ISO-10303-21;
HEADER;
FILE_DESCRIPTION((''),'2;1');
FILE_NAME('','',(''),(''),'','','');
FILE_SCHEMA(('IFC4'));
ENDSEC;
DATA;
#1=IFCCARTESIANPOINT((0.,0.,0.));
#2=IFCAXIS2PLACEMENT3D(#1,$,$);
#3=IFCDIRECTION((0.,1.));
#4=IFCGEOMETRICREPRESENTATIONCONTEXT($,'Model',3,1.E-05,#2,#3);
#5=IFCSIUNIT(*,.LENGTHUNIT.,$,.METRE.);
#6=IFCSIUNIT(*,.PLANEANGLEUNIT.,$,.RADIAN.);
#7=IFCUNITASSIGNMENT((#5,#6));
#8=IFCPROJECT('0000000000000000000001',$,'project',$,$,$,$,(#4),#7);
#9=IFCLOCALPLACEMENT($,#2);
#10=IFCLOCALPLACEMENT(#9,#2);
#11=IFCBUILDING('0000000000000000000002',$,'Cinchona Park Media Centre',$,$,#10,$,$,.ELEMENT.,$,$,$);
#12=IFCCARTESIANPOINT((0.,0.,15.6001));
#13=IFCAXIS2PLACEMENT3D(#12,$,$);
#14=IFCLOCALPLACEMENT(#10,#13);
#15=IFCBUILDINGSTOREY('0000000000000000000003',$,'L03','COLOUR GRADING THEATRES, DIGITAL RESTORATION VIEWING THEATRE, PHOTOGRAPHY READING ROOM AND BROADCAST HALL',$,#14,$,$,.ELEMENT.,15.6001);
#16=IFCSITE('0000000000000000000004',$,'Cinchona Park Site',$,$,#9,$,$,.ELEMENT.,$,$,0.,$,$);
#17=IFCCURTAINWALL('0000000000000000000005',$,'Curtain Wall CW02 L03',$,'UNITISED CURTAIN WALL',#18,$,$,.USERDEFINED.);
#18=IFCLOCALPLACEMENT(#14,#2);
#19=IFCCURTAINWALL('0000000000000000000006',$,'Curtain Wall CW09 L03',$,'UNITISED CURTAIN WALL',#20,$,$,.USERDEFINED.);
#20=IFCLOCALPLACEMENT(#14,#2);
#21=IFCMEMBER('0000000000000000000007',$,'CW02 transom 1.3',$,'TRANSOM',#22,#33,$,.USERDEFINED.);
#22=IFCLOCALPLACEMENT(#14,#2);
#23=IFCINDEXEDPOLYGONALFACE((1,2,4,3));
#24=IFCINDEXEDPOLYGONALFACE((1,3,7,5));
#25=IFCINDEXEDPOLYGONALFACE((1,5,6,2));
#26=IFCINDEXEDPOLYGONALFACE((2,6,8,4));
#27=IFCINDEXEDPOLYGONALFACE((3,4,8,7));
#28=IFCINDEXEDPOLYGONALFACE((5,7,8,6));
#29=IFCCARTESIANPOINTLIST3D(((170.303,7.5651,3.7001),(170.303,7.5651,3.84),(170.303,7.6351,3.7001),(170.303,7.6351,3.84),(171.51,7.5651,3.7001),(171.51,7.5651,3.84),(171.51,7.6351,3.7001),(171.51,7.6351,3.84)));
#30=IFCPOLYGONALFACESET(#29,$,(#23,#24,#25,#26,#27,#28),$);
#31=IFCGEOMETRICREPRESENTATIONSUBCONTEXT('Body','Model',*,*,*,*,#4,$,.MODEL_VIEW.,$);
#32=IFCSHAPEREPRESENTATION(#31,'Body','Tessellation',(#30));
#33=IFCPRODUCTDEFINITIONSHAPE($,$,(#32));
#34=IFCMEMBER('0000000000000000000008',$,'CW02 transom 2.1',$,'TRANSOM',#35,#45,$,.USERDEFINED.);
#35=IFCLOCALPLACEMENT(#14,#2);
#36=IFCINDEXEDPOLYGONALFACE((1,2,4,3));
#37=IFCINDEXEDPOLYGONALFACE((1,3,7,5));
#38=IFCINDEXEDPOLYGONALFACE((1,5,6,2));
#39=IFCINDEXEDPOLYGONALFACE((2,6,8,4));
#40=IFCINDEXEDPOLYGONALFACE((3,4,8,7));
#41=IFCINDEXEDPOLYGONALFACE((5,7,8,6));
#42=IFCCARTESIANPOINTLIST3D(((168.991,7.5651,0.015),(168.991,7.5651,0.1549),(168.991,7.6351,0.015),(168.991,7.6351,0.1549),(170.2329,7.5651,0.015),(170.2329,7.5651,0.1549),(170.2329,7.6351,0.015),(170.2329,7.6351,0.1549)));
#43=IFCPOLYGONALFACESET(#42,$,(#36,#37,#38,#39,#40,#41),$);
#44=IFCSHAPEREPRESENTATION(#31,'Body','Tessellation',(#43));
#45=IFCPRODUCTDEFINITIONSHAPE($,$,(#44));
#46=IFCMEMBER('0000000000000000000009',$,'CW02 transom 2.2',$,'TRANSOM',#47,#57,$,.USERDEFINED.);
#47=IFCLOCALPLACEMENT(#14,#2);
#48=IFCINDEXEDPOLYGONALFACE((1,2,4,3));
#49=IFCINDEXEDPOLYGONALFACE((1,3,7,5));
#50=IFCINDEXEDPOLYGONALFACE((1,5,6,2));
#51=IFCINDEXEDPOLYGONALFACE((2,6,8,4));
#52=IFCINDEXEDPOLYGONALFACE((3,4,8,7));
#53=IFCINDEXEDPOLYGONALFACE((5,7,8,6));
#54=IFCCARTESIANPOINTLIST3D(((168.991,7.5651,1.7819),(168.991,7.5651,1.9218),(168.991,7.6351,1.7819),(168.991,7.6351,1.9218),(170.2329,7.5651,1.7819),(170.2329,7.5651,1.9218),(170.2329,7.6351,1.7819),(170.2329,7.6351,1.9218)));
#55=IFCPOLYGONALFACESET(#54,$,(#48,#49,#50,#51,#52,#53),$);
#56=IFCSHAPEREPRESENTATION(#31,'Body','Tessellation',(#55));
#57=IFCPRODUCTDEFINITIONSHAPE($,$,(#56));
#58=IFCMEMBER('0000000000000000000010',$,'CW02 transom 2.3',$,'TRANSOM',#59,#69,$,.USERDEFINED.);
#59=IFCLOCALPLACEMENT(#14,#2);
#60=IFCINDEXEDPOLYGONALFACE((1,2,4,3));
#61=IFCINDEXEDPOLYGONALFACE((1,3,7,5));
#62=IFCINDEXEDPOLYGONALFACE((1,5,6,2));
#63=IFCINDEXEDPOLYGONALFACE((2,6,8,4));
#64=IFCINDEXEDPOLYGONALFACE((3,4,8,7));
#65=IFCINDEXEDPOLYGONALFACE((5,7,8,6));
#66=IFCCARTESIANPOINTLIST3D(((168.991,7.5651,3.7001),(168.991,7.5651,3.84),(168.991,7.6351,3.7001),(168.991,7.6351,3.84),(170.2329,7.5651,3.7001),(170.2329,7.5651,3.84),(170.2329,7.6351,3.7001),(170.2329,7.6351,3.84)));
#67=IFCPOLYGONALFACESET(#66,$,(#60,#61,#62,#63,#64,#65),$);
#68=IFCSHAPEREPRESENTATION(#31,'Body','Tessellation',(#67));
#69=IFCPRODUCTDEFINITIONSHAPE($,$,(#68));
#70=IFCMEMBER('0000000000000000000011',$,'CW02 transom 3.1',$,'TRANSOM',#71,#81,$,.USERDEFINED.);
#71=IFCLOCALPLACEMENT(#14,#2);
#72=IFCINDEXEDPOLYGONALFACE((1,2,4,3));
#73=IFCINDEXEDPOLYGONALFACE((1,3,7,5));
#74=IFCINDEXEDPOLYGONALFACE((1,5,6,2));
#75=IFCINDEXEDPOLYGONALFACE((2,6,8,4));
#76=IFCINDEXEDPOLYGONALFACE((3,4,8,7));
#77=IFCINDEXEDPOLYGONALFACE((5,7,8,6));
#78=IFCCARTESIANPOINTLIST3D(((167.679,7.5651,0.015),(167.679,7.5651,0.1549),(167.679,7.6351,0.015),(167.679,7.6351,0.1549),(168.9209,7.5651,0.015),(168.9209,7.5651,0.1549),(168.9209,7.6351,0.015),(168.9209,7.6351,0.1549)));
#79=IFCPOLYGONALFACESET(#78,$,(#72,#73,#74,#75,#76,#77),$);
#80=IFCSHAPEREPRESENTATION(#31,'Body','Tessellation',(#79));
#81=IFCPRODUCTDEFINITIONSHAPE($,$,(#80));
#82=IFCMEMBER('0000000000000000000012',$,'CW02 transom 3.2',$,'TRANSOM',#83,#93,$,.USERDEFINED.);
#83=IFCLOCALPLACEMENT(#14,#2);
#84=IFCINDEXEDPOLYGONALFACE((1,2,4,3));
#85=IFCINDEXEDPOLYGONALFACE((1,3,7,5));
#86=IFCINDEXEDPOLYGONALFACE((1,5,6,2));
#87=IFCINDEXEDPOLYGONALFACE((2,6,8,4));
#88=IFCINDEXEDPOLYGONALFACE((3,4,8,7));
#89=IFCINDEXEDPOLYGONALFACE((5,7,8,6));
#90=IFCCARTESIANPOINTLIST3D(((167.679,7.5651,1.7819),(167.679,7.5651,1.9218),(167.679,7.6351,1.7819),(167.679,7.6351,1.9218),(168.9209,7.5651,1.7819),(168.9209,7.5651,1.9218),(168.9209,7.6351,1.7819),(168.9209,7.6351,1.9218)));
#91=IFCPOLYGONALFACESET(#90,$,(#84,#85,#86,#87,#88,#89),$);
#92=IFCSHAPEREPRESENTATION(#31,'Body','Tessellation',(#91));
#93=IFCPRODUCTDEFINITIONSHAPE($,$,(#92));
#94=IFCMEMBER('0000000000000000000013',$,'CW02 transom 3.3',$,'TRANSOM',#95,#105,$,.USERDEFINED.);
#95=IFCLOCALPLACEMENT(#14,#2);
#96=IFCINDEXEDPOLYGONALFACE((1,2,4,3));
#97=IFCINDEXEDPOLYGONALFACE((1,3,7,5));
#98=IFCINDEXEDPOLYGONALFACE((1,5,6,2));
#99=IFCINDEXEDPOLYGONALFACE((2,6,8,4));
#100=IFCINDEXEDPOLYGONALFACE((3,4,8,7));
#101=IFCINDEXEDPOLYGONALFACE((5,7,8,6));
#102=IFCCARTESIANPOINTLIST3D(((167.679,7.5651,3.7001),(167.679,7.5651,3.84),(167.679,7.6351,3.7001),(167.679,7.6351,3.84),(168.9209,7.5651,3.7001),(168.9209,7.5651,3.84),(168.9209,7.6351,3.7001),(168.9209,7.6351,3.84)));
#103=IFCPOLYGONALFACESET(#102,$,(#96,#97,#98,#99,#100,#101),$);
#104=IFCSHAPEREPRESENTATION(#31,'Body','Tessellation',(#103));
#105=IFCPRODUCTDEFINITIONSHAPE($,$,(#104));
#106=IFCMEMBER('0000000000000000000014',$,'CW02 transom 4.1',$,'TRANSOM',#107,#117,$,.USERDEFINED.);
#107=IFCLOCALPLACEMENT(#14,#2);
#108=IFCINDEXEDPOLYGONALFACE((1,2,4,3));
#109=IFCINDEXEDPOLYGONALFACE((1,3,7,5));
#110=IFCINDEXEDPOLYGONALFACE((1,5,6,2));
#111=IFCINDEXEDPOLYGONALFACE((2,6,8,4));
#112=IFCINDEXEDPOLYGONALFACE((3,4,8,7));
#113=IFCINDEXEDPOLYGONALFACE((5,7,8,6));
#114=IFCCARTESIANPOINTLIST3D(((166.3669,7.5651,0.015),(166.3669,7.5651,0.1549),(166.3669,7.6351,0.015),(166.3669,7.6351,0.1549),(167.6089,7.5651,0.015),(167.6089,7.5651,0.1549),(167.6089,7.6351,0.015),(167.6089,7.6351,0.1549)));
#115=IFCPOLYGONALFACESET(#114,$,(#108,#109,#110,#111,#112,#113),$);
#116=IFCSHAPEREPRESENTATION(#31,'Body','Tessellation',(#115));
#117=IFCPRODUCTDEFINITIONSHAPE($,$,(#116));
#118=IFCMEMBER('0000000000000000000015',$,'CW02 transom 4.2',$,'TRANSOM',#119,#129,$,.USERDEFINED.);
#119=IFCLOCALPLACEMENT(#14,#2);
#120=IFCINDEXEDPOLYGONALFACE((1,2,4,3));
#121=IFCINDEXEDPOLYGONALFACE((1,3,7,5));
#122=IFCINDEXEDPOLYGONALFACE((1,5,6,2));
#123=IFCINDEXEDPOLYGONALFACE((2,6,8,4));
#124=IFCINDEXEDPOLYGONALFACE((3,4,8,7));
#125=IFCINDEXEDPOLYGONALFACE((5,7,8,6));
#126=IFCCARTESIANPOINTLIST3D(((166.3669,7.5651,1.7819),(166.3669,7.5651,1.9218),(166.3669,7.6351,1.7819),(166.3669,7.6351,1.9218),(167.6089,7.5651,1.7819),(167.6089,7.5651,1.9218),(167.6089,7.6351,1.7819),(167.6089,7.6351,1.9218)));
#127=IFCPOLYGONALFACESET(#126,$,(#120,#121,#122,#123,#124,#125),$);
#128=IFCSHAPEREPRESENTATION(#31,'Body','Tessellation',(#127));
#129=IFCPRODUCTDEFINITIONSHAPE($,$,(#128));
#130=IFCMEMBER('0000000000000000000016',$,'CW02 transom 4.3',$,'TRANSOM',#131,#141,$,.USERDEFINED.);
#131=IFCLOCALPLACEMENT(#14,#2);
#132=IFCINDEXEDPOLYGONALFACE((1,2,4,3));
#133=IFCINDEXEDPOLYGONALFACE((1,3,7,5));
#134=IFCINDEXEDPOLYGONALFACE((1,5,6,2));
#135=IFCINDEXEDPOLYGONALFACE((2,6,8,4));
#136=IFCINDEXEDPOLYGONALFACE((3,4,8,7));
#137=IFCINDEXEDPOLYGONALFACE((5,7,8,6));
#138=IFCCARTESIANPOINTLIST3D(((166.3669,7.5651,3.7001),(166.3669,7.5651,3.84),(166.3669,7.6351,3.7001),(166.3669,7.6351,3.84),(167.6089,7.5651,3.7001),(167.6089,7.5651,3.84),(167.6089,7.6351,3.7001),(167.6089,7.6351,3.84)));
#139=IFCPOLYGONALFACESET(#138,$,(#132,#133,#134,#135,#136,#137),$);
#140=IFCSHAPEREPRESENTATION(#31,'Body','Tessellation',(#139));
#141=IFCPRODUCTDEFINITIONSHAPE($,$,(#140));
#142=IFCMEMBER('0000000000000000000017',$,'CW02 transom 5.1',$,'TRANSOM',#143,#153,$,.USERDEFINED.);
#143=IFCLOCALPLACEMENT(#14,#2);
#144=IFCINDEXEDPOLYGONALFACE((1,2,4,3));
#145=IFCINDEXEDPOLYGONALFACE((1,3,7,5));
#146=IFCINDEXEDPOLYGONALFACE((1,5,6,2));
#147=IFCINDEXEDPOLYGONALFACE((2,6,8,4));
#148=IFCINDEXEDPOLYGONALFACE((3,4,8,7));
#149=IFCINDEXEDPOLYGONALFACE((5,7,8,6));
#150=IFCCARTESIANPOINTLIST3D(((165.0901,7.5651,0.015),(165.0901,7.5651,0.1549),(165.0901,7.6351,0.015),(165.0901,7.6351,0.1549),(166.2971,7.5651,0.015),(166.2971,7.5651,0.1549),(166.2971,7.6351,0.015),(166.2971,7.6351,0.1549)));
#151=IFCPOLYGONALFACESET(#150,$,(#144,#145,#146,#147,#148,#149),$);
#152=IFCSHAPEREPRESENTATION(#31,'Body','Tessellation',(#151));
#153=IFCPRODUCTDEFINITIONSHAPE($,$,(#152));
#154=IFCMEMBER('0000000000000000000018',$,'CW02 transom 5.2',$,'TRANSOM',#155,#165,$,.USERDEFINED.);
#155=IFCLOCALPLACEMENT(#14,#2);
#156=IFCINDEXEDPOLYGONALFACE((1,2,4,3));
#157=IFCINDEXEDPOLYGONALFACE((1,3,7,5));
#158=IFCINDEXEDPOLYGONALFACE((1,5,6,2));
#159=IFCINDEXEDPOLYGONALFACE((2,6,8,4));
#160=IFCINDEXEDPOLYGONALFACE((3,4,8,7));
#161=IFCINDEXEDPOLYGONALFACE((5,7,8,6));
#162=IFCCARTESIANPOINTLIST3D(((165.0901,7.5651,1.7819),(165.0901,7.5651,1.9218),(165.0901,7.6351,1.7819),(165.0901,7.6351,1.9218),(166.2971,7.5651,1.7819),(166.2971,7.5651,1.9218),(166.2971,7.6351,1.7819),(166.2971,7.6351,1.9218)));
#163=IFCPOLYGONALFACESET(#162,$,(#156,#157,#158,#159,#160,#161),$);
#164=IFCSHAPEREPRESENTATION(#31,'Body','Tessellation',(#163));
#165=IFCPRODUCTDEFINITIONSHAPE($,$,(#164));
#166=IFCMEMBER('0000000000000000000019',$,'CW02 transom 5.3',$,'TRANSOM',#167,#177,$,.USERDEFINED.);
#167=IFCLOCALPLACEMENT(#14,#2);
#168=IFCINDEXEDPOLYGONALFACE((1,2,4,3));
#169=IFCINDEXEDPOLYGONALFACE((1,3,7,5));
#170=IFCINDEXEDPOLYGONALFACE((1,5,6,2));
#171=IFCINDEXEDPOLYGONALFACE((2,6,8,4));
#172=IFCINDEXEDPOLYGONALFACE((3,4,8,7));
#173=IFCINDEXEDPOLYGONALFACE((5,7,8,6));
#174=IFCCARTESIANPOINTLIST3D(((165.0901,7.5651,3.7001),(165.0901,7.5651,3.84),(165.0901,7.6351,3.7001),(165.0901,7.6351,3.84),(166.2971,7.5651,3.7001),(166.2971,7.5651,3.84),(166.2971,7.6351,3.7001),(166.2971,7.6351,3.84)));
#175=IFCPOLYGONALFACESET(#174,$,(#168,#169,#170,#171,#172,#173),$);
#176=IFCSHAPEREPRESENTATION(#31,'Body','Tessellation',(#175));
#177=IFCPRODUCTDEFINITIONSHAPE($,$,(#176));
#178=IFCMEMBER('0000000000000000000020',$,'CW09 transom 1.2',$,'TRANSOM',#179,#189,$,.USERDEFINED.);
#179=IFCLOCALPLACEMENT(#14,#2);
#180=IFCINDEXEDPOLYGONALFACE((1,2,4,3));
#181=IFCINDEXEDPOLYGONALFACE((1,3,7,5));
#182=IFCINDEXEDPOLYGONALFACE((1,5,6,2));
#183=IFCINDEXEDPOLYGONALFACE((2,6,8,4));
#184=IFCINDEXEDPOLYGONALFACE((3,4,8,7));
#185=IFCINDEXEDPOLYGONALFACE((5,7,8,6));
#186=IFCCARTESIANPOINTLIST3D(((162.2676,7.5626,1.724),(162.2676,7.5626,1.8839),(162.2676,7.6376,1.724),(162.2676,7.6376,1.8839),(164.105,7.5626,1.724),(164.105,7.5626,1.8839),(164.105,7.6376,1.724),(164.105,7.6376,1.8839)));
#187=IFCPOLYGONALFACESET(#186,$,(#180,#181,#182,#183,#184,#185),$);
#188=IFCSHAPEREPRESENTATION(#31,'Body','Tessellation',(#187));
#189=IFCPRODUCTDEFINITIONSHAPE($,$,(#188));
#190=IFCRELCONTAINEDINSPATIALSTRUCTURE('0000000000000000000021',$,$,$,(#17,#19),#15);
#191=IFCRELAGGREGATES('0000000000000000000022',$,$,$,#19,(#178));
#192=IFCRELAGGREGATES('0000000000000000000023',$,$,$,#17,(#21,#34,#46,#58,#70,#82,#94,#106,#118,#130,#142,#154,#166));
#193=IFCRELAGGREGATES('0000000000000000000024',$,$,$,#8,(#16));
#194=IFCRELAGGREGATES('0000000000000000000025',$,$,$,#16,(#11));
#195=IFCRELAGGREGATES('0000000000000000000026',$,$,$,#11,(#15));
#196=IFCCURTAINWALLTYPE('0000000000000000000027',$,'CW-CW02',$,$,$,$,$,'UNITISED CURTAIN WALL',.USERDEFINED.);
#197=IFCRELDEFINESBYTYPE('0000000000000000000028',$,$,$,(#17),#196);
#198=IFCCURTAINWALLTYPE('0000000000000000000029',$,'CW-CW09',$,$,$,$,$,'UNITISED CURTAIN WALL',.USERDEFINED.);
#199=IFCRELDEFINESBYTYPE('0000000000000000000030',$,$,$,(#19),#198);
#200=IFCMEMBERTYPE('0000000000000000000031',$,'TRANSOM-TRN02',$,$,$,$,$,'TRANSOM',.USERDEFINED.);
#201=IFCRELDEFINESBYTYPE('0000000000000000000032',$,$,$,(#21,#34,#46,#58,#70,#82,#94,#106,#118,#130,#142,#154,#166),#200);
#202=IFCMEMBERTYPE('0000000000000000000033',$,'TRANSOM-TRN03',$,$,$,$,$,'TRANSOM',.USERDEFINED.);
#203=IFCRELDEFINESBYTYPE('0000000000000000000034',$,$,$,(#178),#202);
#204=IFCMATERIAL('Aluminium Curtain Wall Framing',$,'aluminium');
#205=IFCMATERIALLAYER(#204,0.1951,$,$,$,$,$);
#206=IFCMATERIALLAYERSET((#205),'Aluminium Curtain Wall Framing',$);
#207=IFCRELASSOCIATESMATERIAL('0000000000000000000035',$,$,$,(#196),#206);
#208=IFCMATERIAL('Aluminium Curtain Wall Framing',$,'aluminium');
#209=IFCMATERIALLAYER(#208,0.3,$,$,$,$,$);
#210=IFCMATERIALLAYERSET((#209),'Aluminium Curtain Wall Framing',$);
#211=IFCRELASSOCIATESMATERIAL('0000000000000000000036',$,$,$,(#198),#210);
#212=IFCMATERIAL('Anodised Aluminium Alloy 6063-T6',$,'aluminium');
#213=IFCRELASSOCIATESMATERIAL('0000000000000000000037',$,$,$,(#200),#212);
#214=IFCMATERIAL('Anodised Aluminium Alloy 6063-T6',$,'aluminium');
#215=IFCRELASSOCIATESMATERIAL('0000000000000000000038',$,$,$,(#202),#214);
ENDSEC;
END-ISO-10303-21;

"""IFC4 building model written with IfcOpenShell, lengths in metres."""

from ifc_helpers import new_model, si_unit, direction, frame, origin, origin_2d, place, context, subcontext, project, spatial, rectangle, extrude, material, layer, layer_set, material_profile, profile_set, type_object, element, aggregate, save


model = new_model("IFC4")

# Units and contexts
model_context = context("Model", 3, precision=1e-05, world=origin(), true_north=direction((0.0, 1.0)))
body_context = subcontext(model_context, "Body", "Model", "MODEL_VIEW")
ifc_project = project(units=[si_unit("LENGTHUNIT", "METRE"), si_unit("PLANEANGLEUNIT", "RADIAN")], contexts=[model_context])

# Site, building, storey
site_placement = place(None, origin())
site = spatial("IfcSite", under=ifc_project, at=site_placement, Name="Cinchona Park Site", CompositionType="ELEMENT", RefElevation=0.0)
building_placement = place(site_placement, origin())
building = spatial("IfcBuilding", under=site, at=building_placement, Name="Cinchona Park Media Centre", CompositionType="ELEMENT")
storey_placement = place(building_placement, frame((0.0, 0.0, 15.6001)))
storey = spatial("IfcBuildingStorey", under=building, at=storey_placement, Name="L03", Description="COLOUR GRADING THEATRES, DIGITAL RESTORATION VIEWING THEATRE, PHOTOGRAPHY READING ROOM AND BROADCAST HALL", CompositionType="ELEMENT", Elevation=15.6001)

# Curtain wall
ifc_material_1 = material(Name="Aluminium Curtain Wall Framing", Category="aluminium")
ifc_layer_1 = layer(ifc_material_1, 0.1951)
ifc_layer_set_1 = layer_set([ifc_layer_1], Name="Aluminium Curtain Wall Framing")
curtain_wall_type_1 = type_object("IfcCurtainWallType", Name="CW-CW02", ElementType="UNITISED CURTAIN WALL", PredefinedType="USERDEFINED", material=ifc_layer_set_1)
curtain_wall_1_placement = place(storey_placement, origin())
curtain_wall_1 = element("IfcCurtainWall", 1, at=curtain_wall_1_placement, inside=storey, type_object=curtain_wall_type_1, Name="Curtain Wall CW02 L03", ObjectType="UNITISED CURTAIN WALL", PredefinedType="USERDEFINED")

# Curtain wall
ifc_material_2 = material(Name="Aluminium Curtain Wall Framing", Category="aluminium")
ifc_layer_2 = layer(ifc_material_2, 0.3)
ifc_layer_set_2 = layer_set([ifc_layer_2], Name="Aluminium Curtain Wall Framing")
curtain_wall_type_2 = type_object("IfcCurtainWallType", Name="CW-CW09", ElementType="UNITISED CURTAIN WALL", PredefinedType="USERDEFINED", material=ifc_layer_set_2)
curtain_wall_2_placement = place(storey_placement, origin())
curtain_wall_2 = element("IfcCurtainWall", 2, at=curtain_wall_2_placement, inside=storey, type_object=curtain_wall_type_2, Name="Curtain Wall CW09 L03", ObjectType="UNITISED CURTAIN WALL", PredefinedType="USERDEFINED")

# Members
ifc_material_3 = material(Name="Anodised Aluminium Alloy 6063-T6", Category="aluminium")
ifc_material_profile_1 = material_profile(ifc_material_3, rectangle(XDim=0.0701, YDim=0.1399, at=origin_2d()), Name="TRN-70X140")
ifc_profile_set_1 = profile_set([ifc_material_profile_1], Name="Anodised Aluminium Alloy 6063-T6")
member_type_1 = type_object("IfcMemberType", Name="TRANSOM-TRN02", ElementType="TRANSOM", PredefinedType="USERDEFINED", material=ifc_profile_set_1)
member_1_placement = place(storey_placement, frame((171.51, 7.6001, 3.77), z_axis=(-1.0, 0.0, 0.0), x_axis=(0.0, -1.0, 0.0)))
member_1 = element("IfcMember", 3, at=member_1_placement, type_object=member_type_1, Name="CW02 transom 1.3", ObjectType="TRANSOM", PredefinedType="USERDEFINED", context=body_context, shape_type="SweptSolid", body=[
    extrude(rectangle(XDim=0.0701, YDim=0.1399, at=origin_2d()), origin(), (0.0, 0.0, 1.0), 1.207),
])
member_2_placement = place(storey_placement, frame((170.2329, 7.6001, 0.085), z_axis=(-1.0, 0.0, 0.0), x_axis=(0.0, -1.0, 0.0)))
member_2 = element("IfcMember", 4, at=member_2_placement, type_object=member_type_1, Name="CW02 transom 2.1", ObjectType="TRANSOM", PredefinedType="USERDEFINED", context=body_context, shape_type="SweptSolid", body=[
    extrude(rectangle(XDim=0.0701, YDim=0.1399, at=origin_2d()), origin(), (0.0, 0.0, 1.0), 1.2419),
])
member_3_placement = place(storey_placement, frame((170.2329, 7.6001, 1.8518), z_axis=(-1.0, 0.0, 0.0), x_axis=(0.0, -1.0, 0.0)))
member_3 = element("IfcMember", 5, at=member_3_placement, type_object=member_type_1, Name="CW02 transom 2.2", ObjectType="TRANSOM", PredefinedType="USERDEFINED", context=body_context, shape_type="SweptSolid", body=[
    extrude(rectangle(XDim=0.0701, YDim=0.1399, at=origin_2d()), origin(), (0.0, 0.0, 1.0), 1.2419),
])
member_4_placement = place(storey_placement, frame((170.2329, 7.6001, 3.77), z_axis=(-1.0, 0.0, 0.0), x_axis=(0.0, -1.0, 0.0)))
member_4 = element("IfcMember", 6, at=member_4_placement, type_object=member_type_1, Name="CW02 transom 2.3", ObjectType="TRANSOM", PredefinedType="USERDEFINED", context=body_context, shape_type="SweptSolid", body=[
    extrude(rectangle(XDim=0.0701, YDim=0.1399, at=origin_2d()), origin(), (0.0, 0.0, 1.0), 1.2419),
])
member_5_placement = place(storey_placement, frame((168.9209, 7.6001, 0.085), z_axis=(-1.0, 0.0, 0.0), x_axis=(0.0, -1.0, 0.0)))
member_5 = element("IfcMember", 7, at=member_5_placement, type_object=member_type_1, Name="CW02 transom 3.1", ObjectType="TRANSOM", PredefinedType="USERDEFINED", context=body_context, shape_type="SweptSolid", body=[
    extrude(rectangle(XDim=0.0701, YDim=0.1399, at=origin_2d()), origin(), (0.0, 0.0, 1.0), 1.2419),
])
member_6_placement = place(storey_placement, frame((168.9209, 7.6001, 1.8518), z_axis=(-1.0, 0.0, 0.0), x_axis=(0.0, -1.0, 0.0)))
member_6 = element("IfcMember", 8, at=member_6_placement, type_object=member_type_1, Name="CW02 transom 3.2", ObjectType="TRANSOM", PredefinedType="USERDEFINED", context=body_context, shape_type="SweptSolid", body=[
    extrude(rectangle(XDim=0.0701, YDim=0.1399, at=origin_2d()), origin(), (0.0, 0.0, 1.0), 1.2419),
])
member_7_placement = place(storey_placement, frame((168.9209, 7.6001, 3.77), z_axis=(-1.0, 0.0, 0.0), x_axis=(0.0, -1.0, 0.0)))
member_7 = element("IfcMember", 9, at=member_7_placement, type_object=member_type_1, Name="CW02 transom 3.3", ObjectType="TRANSOM", PredefinedType="USERDEFINED", context=body_context, shape_type="SweptSolid", body=[
    extrude(rectangle(XDim=0.0701, YDim=0.1399, at=origin_2d()), origin(), (0.0, 0.0, 1.0), 1.2419),
])
member_8_placement = place(storey_placement, frame((167.6089, 7.6001, 0.085), z_axis=(-1.0, 0.0, 0.0), x_axis=(0.0, -1.0, 0.0)))
member_8 = element("IfcMember", 10, at=member_8_placement, type_object=member_type_1, Name="CW02 transom 4.1", ObjectType="TRANSOM", PredefinedType="USERDEFINED", context=body_context, shape_type="SweptSolid", body=[
    extrude(rectangle(XDim=0.0701, YDim=0.1399, at=origin_2d()), origin(), (0.0, 0.0, 1.0), 1.2419),
])
member_9_placement = place(storey_placement, frame((167.6089, 7.6001, 1.8518), z_axis=(-1.0, 0.0, 0.0), x_axis=(0.0, -1.0, 0.0)))
member_9 = element("IfcMember", 11, at=member_9_placement, type_object=member_type_1, Name="CW02 transom 4.2", ObjectType="TRANSOM", PredefinedType="USERDEFINED", context=body_context, shape_type="SweptSolid", body=[
    extrude(rectangle(XDim=0.0701, YDim=0.1399, at=origin_2d()), origin(), (0.0, 0.0, 1.0), 1.2419),
])
member_10_placement = place(storey_placement, frame((167.6089, 7.6001, 3.77), z_axis=(-1.0, 0.0, 0.0), x_axis=(0.0, -1.0, 0.0)))
member_10 = element("IfcMember", 12, at=member_10_placement, type_object=member_type_1, Name="CW02 transom 4.3", ObjectType="TRANSOM", PredefinedType="USERDEFINED", context=body_context, shape_type="SweptSolid", body=[
    extrude(rectangle(XDim=0.0701, YDim=0.1399, at=origin_2d()), origin(), (0.0, 0.0, 1.0), 1.2419),
])
member_11_placement = place(storey_placement, frame((166.2971, 7.6001, 0.085), z_axis=(-1.0, 0.0, 0.0), x_axis=(0.0, -1.0, 0.0)))
member_11 = element("IfcMember", 13, at=member_11_placement, type_object=member_type_1, Name="CW02 transom 5.1", ObjectType="TRANSOM", PredefinedType="USERDEFINED", context=body_context, shape_type="SweptSolid", body=[
    extrude(rectangle(XDim=0.0701, YDim=0.1399, at=origin_2d()), origin(), (0.0, 0.0, 1.0), 1.207),
])
member_12_placement = place(storey_placement, frame((166.2971, 7.6001, 1.8518), z_axis=(-1.0, 0.0, 0.0), x_axis=(0.0, -1.0, 0.0)))
member_12 = element("IfcMember", 14, at=member_12_placement, type_object=member_type_1, Name="CW02 transom 5.2", ObjectType="TRANSOM", PredefinedType="USERDEFINED", context=body_context, shape_type="SweptSolid", body=[
    extrude(rectangle(XDim=0.0701, YDim=0.1399, at=origin_2d()), origin(), (0.0, 0.0, 1.0), 1.207),
])
member_13_placement = place(storey_placement, frame((166.2971, 7.6001, 3.77), z_axis=(-1.0, 0.0, 0.0), x_axis=(0.0, -1.0, 0.0)))
member_13 = element("IfcMember", 15, at=member_13_placement, type_object=member_type_1, Name="CW02 transom 5.3", ObjectType="TRANSOM", PredefinedType="USERDEFINED", context=body_context, shape_type="SweptSolid", body=[
    extrude(rectangle(XDim=0.0701, YDim=0.1399, at=origin_2d()), origin(), (0.0, 0.0, 1.0), 1.207),
])
ifc_material_4 = material(Name="Anodised Aluminium Alloy 6063-T6", Category="aluminium")
ifc_material_profile_2 = material_profile(ifc_material_4, rectangle(XDim=0.075, YDim=0.1599, at=origin_2d()), Name="TRN-75X160")
ifc_profile_set_2 = profile_set([ifc_material_profile_2], Name="Anodised Aluminium Alloy 6063-T6")
member_type_2 = type_object("IfcMemberType", Name="TRANSOM-TRN03", ElementType="TRANSOM", PredefinedType="USERDEFINED", material=ifc_profile_set_2)
member_14_placement = place(storey_placement, frame((164.105, 7.6001, 1.804), z_axis=(-1.0, 0.0, 0.0), x_axis=(0.0, -1.0, 0.0)))
member_14 = element("IfcMember", 16, at=member_14_placement, type_object=member_type_2, Name="CW09 transom 1.2", ObjectType="TRANSOM", PredefinedType="USERDEFINED", context=body_context, shape_type="SweptSolid", body=[
    extrude(rectangle(XDim=0.075, YDim=0.1599, at=origin_2d()), origin(), (0.0, 0.0, 1.0), 1.8374),
])
aggregate(curtain_wall_2, [member_14])

aggregate(curtain_wall_1, [member_1, member_2, member_3, member_4, member_5, member_6, member_7, member_8, member_9, member_10, member_11, member_12, member_13])

save(model, "model.ifc")
